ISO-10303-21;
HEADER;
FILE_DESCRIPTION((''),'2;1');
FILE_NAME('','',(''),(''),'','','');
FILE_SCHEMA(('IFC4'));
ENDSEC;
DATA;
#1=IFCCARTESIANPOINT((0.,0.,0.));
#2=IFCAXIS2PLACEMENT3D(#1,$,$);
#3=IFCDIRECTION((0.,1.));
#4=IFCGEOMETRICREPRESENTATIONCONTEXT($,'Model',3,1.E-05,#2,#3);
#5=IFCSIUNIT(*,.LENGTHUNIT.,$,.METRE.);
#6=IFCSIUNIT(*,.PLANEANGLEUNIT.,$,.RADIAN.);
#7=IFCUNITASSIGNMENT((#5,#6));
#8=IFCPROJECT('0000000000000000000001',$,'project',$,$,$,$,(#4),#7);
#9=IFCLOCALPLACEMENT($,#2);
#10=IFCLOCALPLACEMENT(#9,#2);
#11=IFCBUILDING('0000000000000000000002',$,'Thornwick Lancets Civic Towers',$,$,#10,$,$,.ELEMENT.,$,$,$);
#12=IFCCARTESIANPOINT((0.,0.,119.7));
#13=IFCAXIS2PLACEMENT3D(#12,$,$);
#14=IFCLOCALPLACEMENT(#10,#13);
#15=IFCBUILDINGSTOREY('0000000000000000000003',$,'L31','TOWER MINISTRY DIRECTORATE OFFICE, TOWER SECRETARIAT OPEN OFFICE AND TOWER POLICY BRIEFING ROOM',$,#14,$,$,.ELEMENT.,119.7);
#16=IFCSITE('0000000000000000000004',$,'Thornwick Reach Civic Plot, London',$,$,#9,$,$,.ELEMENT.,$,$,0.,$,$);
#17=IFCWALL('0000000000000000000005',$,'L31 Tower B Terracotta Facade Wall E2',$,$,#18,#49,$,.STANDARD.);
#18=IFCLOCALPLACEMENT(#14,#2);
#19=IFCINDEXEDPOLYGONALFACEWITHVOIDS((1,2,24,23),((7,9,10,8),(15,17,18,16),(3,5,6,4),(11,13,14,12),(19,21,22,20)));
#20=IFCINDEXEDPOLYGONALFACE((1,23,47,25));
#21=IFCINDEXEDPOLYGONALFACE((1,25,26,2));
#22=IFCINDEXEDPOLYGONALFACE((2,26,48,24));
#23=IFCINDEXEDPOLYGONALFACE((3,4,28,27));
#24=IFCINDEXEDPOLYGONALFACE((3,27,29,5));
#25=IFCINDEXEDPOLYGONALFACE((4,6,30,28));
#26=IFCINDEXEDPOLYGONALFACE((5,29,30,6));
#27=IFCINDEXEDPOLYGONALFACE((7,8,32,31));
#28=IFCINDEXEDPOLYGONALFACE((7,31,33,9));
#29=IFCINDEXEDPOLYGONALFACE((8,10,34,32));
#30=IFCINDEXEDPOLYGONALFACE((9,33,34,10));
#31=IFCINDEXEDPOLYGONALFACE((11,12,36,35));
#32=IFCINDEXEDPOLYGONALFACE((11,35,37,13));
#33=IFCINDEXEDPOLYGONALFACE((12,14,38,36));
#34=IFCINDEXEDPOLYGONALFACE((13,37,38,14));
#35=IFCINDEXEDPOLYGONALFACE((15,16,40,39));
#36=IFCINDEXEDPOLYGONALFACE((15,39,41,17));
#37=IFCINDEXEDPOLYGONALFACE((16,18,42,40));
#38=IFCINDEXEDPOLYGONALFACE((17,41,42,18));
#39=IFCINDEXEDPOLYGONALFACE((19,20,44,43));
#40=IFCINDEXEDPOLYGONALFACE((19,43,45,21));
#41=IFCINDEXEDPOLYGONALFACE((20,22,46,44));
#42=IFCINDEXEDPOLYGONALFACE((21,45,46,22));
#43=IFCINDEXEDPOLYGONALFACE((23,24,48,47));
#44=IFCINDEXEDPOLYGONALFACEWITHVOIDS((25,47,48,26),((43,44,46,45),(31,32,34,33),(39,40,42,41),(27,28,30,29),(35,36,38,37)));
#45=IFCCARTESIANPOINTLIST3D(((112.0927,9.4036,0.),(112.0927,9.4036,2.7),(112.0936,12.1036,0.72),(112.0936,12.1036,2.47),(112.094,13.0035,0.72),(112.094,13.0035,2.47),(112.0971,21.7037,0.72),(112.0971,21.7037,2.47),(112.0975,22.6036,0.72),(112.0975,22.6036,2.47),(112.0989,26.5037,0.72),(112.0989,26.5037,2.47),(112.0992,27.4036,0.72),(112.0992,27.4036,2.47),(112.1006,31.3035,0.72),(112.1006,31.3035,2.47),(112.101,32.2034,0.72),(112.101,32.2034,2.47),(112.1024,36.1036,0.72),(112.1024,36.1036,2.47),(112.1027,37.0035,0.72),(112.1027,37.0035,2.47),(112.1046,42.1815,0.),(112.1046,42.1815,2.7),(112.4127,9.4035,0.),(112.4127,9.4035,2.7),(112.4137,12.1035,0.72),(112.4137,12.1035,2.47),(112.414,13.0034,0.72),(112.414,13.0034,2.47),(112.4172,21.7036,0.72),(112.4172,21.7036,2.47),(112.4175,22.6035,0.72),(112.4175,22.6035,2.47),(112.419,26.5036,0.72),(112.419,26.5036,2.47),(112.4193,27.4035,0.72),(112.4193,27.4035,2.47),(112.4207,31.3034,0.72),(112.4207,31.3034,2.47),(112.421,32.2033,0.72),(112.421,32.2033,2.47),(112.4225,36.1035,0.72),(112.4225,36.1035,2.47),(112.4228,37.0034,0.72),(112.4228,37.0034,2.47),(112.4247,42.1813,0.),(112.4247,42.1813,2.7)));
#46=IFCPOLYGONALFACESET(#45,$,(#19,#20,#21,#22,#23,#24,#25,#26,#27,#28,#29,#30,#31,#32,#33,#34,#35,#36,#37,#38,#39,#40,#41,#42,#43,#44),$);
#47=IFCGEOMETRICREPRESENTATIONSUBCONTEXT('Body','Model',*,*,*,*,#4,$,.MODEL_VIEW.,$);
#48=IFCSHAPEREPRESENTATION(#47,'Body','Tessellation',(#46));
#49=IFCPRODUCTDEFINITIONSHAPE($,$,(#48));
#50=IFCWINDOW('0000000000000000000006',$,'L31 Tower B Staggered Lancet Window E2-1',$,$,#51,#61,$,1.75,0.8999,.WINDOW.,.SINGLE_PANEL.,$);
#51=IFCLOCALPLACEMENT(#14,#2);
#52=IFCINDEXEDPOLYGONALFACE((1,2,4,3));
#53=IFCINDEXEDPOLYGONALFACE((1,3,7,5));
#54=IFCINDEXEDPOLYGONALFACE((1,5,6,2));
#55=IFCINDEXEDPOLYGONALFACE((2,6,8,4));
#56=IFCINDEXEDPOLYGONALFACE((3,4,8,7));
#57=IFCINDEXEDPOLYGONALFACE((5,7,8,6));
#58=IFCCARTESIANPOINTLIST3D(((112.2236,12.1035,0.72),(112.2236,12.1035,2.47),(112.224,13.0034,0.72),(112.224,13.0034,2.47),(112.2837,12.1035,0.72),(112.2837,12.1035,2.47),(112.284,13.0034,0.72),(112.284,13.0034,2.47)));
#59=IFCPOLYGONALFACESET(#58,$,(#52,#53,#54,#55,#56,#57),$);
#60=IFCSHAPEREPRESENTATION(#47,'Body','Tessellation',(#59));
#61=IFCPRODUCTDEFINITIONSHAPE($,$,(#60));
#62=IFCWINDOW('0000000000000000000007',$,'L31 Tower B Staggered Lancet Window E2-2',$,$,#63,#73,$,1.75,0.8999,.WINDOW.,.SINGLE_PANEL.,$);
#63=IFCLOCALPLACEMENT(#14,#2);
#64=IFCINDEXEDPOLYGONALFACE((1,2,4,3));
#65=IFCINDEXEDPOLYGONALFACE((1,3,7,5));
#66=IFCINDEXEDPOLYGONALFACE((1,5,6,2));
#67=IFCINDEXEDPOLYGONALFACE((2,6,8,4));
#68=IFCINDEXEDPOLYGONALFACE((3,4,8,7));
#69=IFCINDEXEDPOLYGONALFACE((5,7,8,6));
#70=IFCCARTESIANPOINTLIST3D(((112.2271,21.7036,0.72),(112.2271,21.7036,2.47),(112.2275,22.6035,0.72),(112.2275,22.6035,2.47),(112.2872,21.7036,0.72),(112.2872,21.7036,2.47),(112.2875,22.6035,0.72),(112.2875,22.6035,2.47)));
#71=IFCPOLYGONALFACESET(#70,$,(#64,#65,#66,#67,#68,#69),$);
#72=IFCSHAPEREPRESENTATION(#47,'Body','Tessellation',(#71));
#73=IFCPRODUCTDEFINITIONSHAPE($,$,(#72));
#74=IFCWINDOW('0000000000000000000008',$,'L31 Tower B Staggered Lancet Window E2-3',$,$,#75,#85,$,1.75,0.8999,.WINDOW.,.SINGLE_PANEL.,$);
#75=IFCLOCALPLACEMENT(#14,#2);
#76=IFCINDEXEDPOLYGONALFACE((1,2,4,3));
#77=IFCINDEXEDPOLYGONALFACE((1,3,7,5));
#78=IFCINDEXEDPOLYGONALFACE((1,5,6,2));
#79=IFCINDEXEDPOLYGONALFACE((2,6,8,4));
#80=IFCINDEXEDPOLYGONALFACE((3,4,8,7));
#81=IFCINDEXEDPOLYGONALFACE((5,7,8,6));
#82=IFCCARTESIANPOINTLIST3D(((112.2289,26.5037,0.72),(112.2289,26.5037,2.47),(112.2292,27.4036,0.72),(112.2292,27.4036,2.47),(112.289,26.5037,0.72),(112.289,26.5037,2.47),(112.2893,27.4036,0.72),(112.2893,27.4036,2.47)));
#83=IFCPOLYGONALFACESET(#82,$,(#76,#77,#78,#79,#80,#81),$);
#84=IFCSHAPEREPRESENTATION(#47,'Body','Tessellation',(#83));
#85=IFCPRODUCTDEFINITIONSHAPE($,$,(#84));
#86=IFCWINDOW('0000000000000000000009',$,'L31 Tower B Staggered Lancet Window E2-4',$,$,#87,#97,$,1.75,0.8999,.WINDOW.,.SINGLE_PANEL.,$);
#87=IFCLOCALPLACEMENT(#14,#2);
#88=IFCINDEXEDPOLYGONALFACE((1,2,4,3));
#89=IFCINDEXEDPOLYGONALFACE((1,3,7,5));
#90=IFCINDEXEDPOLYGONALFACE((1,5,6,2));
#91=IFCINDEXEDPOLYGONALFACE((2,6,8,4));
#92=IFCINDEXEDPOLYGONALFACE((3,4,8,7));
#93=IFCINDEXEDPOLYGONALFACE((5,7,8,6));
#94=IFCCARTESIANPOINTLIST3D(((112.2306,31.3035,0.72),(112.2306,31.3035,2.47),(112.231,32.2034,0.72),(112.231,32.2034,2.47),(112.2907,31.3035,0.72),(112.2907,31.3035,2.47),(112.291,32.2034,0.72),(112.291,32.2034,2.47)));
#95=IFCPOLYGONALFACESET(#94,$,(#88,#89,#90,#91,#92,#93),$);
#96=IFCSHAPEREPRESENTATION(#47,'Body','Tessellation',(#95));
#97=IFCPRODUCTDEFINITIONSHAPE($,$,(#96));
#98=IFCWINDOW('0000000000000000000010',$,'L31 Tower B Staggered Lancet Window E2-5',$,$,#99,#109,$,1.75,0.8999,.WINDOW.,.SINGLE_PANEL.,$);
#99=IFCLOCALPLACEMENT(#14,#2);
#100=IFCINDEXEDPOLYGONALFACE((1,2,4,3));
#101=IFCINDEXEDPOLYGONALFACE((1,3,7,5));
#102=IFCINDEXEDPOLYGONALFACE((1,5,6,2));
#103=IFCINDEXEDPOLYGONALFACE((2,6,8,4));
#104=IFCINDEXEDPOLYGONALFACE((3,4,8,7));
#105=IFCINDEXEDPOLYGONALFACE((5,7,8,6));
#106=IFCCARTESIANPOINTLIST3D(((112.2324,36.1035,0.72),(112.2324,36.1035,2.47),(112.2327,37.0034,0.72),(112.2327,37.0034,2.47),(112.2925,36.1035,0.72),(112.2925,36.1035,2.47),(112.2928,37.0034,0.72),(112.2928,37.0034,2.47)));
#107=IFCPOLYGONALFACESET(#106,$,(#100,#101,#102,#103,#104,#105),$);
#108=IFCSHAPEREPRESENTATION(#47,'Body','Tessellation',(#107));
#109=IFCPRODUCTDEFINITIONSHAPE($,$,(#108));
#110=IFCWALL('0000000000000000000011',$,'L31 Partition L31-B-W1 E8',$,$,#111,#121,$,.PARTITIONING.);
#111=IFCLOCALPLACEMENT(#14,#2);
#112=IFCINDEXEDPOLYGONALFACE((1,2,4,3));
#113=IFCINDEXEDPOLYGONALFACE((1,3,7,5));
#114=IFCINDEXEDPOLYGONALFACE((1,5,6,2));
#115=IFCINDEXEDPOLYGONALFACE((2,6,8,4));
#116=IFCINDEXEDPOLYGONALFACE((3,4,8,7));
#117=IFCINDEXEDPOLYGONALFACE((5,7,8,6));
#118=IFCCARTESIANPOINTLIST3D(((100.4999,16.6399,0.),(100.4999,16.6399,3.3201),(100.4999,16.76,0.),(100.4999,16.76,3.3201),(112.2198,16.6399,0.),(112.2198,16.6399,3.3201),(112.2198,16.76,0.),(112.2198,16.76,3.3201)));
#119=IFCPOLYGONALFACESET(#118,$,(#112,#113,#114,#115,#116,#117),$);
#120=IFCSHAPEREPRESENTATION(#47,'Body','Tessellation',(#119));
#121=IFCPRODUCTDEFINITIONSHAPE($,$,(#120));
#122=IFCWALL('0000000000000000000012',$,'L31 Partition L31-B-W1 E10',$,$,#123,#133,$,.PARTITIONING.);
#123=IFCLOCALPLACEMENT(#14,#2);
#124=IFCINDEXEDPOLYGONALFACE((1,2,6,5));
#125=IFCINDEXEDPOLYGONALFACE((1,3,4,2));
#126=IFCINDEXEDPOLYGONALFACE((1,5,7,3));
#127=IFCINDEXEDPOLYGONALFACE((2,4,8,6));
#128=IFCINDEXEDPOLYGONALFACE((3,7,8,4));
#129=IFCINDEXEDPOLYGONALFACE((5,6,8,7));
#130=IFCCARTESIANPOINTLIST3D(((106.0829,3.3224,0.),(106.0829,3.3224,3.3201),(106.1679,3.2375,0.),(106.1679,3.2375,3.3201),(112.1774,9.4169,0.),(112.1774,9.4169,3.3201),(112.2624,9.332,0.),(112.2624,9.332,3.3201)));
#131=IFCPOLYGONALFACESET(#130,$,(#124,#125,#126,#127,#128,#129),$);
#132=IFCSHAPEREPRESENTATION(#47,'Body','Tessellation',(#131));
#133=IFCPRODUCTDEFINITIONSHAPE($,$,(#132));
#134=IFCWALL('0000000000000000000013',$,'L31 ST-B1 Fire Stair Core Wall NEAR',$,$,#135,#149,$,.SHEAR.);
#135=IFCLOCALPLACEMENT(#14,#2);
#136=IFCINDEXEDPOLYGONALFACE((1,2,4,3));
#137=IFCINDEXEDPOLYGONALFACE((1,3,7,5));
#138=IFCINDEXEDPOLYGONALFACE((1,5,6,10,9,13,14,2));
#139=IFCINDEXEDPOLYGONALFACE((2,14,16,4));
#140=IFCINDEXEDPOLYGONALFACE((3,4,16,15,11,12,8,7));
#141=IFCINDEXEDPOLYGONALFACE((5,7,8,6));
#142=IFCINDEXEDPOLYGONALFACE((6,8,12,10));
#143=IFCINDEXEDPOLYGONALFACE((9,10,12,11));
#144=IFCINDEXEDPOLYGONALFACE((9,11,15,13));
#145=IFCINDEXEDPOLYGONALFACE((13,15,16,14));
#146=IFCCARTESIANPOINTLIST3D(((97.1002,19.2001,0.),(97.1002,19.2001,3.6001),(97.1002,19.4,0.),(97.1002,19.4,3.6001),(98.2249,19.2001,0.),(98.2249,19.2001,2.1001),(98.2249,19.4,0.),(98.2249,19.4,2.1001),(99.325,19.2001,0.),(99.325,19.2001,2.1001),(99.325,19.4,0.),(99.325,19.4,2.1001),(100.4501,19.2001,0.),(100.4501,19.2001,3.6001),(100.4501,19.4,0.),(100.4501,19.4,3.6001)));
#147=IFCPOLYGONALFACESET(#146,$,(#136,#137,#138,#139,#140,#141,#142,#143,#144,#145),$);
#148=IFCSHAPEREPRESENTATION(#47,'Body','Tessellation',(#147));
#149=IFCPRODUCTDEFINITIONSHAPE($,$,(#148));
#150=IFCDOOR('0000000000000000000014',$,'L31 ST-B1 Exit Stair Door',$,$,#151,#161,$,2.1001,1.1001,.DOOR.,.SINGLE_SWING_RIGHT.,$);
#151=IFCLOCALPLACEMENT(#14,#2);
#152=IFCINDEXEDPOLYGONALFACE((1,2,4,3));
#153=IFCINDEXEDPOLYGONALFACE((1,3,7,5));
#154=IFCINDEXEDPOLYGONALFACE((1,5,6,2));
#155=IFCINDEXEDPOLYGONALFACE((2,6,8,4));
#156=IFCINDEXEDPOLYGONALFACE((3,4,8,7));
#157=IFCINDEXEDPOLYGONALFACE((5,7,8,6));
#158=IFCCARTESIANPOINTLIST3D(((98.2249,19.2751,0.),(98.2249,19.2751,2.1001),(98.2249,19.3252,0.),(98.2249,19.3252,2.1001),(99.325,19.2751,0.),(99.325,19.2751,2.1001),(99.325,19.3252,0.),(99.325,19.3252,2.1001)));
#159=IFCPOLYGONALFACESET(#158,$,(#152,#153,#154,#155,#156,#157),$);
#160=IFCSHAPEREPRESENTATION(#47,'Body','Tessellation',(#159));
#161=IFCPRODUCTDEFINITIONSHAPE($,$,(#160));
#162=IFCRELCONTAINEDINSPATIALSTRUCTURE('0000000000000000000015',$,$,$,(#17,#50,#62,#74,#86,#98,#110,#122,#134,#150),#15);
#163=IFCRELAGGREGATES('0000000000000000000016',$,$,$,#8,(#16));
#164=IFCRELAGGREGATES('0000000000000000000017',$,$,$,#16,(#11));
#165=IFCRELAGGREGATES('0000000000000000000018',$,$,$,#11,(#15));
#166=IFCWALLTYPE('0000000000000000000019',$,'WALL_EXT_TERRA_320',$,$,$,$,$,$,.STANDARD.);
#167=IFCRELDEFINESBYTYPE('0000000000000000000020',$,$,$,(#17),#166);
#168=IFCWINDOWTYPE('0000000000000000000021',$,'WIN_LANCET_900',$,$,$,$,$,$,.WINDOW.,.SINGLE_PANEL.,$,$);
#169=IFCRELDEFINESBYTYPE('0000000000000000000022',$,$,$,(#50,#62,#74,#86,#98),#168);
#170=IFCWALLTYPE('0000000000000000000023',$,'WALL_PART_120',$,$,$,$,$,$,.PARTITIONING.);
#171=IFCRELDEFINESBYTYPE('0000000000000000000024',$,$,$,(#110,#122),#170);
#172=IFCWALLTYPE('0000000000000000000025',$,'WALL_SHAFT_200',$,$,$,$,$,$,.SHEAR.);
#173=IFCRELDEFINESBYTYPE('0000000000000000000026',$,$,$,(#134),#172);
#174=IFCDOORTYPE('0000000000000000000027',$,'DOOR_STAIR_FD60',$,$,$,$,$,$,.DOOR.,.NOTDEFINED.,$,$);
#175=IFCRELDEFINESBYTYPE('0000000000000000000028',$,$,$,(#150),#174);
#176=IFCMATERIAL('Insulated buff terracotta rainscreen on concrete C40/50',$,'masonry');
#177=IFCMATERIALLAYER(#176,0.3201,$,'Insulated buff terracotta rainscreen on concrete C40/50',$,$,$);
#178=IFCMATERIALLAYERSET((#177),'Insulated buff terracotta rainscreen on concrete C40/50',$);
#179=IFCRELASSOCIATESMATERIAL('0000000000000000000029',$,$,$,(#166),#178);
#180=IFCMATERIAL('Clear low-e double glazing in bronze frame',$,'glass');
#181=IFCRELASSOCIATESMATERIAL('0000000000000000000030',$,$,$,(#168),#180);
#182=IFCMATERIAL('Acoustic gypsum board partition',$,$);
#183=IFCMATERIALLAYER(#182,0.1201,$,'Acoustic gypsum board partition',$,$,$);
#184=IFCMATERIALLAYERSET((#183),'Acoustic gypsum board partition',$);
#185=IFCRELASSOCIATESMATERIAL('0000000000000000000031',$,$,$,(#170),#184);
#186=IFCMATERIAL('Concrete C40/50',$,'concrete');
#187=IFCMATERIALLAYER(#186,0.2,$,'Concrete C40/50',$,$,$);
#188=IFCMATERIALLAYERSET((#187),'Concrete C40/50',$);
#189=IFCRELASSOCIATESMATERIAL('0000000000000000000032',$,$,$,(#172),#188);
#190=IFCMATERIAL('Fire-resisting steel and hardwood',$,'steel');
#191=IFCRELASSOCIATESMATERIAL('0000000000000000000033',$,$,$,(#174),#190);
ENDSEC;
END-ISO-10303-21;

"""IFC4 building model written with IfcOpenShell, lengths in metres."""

from ifc_helpers import new_model, si_unit, direction, frame, frame_2d, origin, place, context, subcontext, project, spatial, rectangle, extrude, material, layer, layer_set, type_object, element, fill, save


model = new_model("IFC4")

# Units and contexts
model_context = context("Model", 3, precision=1e-05, world=origin(), true_north=direction((0.0, 1.0)))
body_context = subcontext(model_context, "Body", "Model", "MODEL_VIEW")
ifc_project = project(units=[si_unit("LENGTHUNIT", "METRE"), si_unit("PLANEANGLEUNIT", "RADIAN")], contexts=[model_context])

# Site, building, storey
site_placement = place(None, origin())
site = spatial("IfcSite", under=ifc_project, at=site_placement, Name="Thornwick Reach Civic Plot, London", CompositionType="ELEMENT", RefElevation=0.0)
building_placement = place(site_placement, origin())
building = spatial("IfcBuilding", under=site, at=building_placement, Name="Thornwick Lancets Civic Towers", CompositionType="ELEMENT")
storey_placement = place(building_placement, frame((0.0, 0.0, 119.7)))
storey = spatial("IfcBuildingStorey", under=building, at=storey_placement, Name="L31", Description="TOWER MINISTRY DIRECTORATE OFFICE, TOWER SECRETARIAT OPEN OFFICE AND TOWER POLICY BRIEFING ROOM", CompositionType="ELEMENT", Elevation=119.7)

# Shared definitions
ifc_material_1 = material(Name="Concrete C40/50", Category="concrete")

# Wall, openings, windows
ifc_material_2 = material(Name="Insulated buff terracotta rainscreen on concrete C40/50", Category="masonry")
ifc_layer_1 = layer(ifc_material_2, 0.3201, Name="Insulated buff terracotta rainscreen on concrete C40/50")
ifc_layer_set_1 = layer_set([ifc_layer_1], Name="Insulated buff terracotta rainscreen on concrete C40/50")
wall_type_1 = type_object("IfcWallType", Name="WALL_EXT_TERRA_320", PredefinedType="STANDARD", material=ifc_layer_set_1)
wall_1_placement = place(storey_placement, frame((112.2527, 9.4036, 0.0), z_axis=(0.0, 0.0, 1.0), x_axis=(0.000365, 1.0, 0.0)))
wall_1 = element("IfcWall", 1, at=wall_1_placement, inside=storey, type_object=wall_type_1, Name="L31 Tower B Terracotta Facade Wall E2", PredefinedType="STANDARD", context=body_context, shape_type="SweptSolid", body=[
    extrude(rectangle(XDim=32.7778, YDim=0.3201, at=frame_2d((16.3889, 0.0))), origin(), (0.0, 0.0, 1.0), 2.7),
])
opening_1_placement = place(wall_1_placement, frame((2.7, 0.0, 0.72)))
opening_1 = element("IfcOpeningElement", 2, at=opening_1_placement, cuts=wall_1, PredefinedType="OPENING", context=body_context, shape_type="SweptSolid", body=[
    extrude(rectangle(XDim=0.8999, YDim=1.75, at=frame_2d((0.45, 0.875))), frame((0.0, 0.1699, 0.0), z_axis=(0.0, -1.0, 0.0), x_axis=(1.0, 0.0, 0.0)), (0.0, 0.0, 1.0), 0.3401),
])
opening_2_placement = place(wall_1_placement, frame((12.3, 0.0, 0.72)))
opening_2 = element("IfcOpeningElement", 3, at=opening_2_placement, cuts=wall_1, PredefinedType="OPENING", context=body_context, shape_type="SweptSolid", body=[
    extrude(rectangle(XDim=0.8999, YDim=1.75, at=frame_2d((0.45, 0.875))), frame((0.0, 0.1699, 0.0), z_axis=(0.0, -1.0, 0.0), x_axis=(1.0, 0.0, 0.0)), (0.0, 0.0, 1.0), 0.3401),
])
opening_3_placement = place(wall_1_placement, frame((17.1001, 0.0, 0.72)))
opening_3 = element("IfcOpeningElement", 4, at=opening_3_placement, cuts=wall_1, PredefinedType="OPENING", context=body_context, shape_type="SweptSolid", body=[
    extrude(rectangle(XDim=0.8999, YDim=1.75, at=frame_2d((0.45, 0.875))), frame((0.0, 0.1699, 0.0), z_axis=(0.0, -1.0, 0.0), x_axis=(1.0, 0.0, 0.0)), (0.0, 0.0, 1.0), 0.3401),
])
opening_4_placement = place(wall_1_placement, frame((21.8999, 0.0, 0.72)))
opening_4 = element("IfcOpeningElement", 5, at=opening_4_placement, cuts=wall_1, PredefinedType="OPENING", context=body_context, shape_type="SweptSolid", body=[
    extrude(rectangle(XDim=0.8999, YDim=1.75, at=frame_2d((0.45, 0.875))), frame((0.0, 0.1699, 0.0), z_axis=(0.0, -1.0, 0.0), x_axis=(1.0, 0.0, 0.0)), (0.0, 0.0, 1.0), 0.3401),
])
opening_5_placement = place(wall_1_placement, frame((26.7, 0.0, 0.72)))
opening_5 = element("IfcOpeningElement", 6, at=opening_5_placement, cuts=wall_1, PredefinedType="OPENING", context=body_context, shape_type="SweptSolid", body=[
    extrude(rectangle(XDim=0.8999, YDim=1.75, at=frame_2d((0.45, 0.875))), frame((0.0, 0.1699, 0.0), z_axis=(0.0, -1.0, 0.0), x_axis=(1.0, 0.0, 0.0)), (0.0, 0.0, 1.0), 0.3401),
])
ifc_material_3 = material(Name="Clear low-e double glazing in bronze frame", Category="glass")
window_type = type_object("IfcWindowType", Name="WIN_LANCET_900", PartitioningType="SINGLE_PANEL", PredefinedType="WINDOW", material=ifc_material_3)
window_1_placement = place(opening_1_placement, origin())
window_1 = element("IfcWindow", 7, at=window_1_placement, inside=storey, type_object=window_type, Name="L31 Tower B Staggered Lancet Window E2-1", OverallHeight=1.75, OverallWidth=0.8999, PartitioningType="SINGLE_PANEL", PredefinedType="WINDOW", context=body_context, shape_type="SweptSolid", body=[
    extrude(rectangle(XDim=0.8999, YDim=1.75, at=frame_2d((0.45, 0.875))), frame((0.0, 0.03, 0.0), z_axis=(0.0, -1.0, 0.0), x_axis=(1.0, 0.0, 0.0)), (0.0, 0.0, 1.0), 0.0601),
])
fill(opening_1, window_1)
window_2_placement = place(opening_2_placement, origin())
window_2 = element("IfcWindow", 8, at=window_2_placement, inside=storey, type_object=window_type, Name="L31 Tower B Staggered Lancet Window E2-2", OverallHeight=1.75, OverallWidth=0.8999, PartitioningType="SINGLE_PANEL", PredefinedType="WINDOW", context=body_context, shape_type="SweptSolid", body=[
    extrude(rectangle(XDim=0.8999, YDim=1.75, at=frame_2d((0.45, 0.875))), frame((0.0, 0.03, 0.0), z_axis=(0.0, -1.0, 0.0), x_axis=(1.0, 0.0, 0.0)), (0.0, 0.0, 1.0), 0.0601),
])
fill(opening_2, window_2)
window_3_placement = place(opening_3_placement, origin())
window_3 = element("IfcWindow", 9, at=window_3_placement, inside=storey, type_object=window_type, Name="L31 Tower B Staggered Lancet Window E2-3", OverallHeight=1.75, OverallWidth=0.8999, PartitioningType="SINGLE_PANEL", PredefinedType="WINDOW", context=body_context, shape_type="SweptSolid", body=[
    extrude(rectangle(XDim=0.8999, YDim=1.75, at=frame_2d((0.45, 0.875))), frame((0.0, 0.03, 0.0), z_axis=(0.0, -1.0, 0.0), x_axis=(1.0, 0.0, 0.0)), (0.0, 0.0, 1.0), 0.0601),
])
fill(opening_3, window_3)
window_4_placement = place(opening_4_placement, origin())
window_4 = element("IfcWindow", 10, at=window_4_placement, inside=storey, type_object=window_type, Name="L31 Tower B Staggered Lancet Window E2-4", OverallHeight=1.75, OverallWidth=0.8999, PartitioningType="SINGLE_PANEL", PredefinedType="WINDOW", context=body_context, shape_type="SweptSolid", body=[
    extrude(rectangle(XDim=0.8999, YDim=1.75, at=frame_2d((0.45, 0.875))), frame((0.0, 0.03, 0.0), z_axis=(0.0, -1.0, 0.0), x_axis=(1.0, 0.0, 0.0)), (0.0, 0.0, 1.0), 0.0601),
])
fill(opening_4, window_4)
window_5_placement = place(opening_5_placement, origin())
window_5 = element("IfcWindow", 11, at=window_5_placement, inside=storey, type_object=window_type, Name="L31 Tower B Staggered Lancet Window E2-5", OverallHeight=1.75, OverallWidth=0.8999, PartitioningType="SINGLE_PANEL", PredefinedType="WINDOW", context=body_context, shape_type="SweptSolid", body=[
    extrude(rectangle(XDim=0.8999, YDim=1.75, at=frame_2d((0.45, 0.875))), frame((0.0, 0.03, 0.0), z_axis=(0.0, -1.0, 0.0), x_axis=(1.0, 0.0, 0.0)), (0.0, 0.0, 1.0), 0.0601),
])
fill(opening_5, window_5)

# Walls
ifc_material_4 = material(Name="Acoustic gypsum board partition")
ifc_layer_2 = layer(ifc_material_4, 0.1201, Name="Acoustic gypsum board partition")
ifc_layer_set_2 = layer_set([ifc_layer_2], Name="Acoustic gypsum board partition")
wall_type_2 = type_object("IfcWallType", Name="WALL_PART_120", PredefinedType="PARTITIONING", material=ifc_layer_set_2)
wall_2_placement = place(storey_placement, frame((100.5, 16.7, 0.0), z_axis=(0.0, 0.0, 1.0), x_axis=(1.0, 0.0, 0.0)))
element("IfcWall", 12, at=wall_2_placement, inside=storey, type_object=wall_type_2, Name="L31 Partition L31-B-W1 E8", PredefinedType="PARTITIONING", context=body_context, shape_type="SweptSolid", body=[
    extrude(rectangle(XDim=11.72, YDim=0.1201, at=frame_2d((5.8599, 0.0))), origin(), (0.0, 0.0, 1.0), 3.3201),
])
wall_3_placement = place(storey_placement, frame((112.22, 9.3745, 0.0), z_axis=(0.0, 0.0, 1.0), x_axis=(-0.707107, -0.707107, 0.0)))
element("IfcWall", 13, at=wall_3_placement, inside=storey, type_object=wall_type_2, Name="L31 Partition L31-B-W1 E10", PredefinedType="PARTITIONING", context=body_context, shape_type="SweptSolid", body=[
    extrude(rectangle(XDim=8.6189, YDim=0.1201, at=frame_2d((4.3096, 0.0))), origin(), (0.0, 0.0, 1.0), 3.3201),
])

# Wall, opening, door
ifc_layer_3 = layer(ifc_material_1, 0.2, Name="Concrete C40/50")
ifc_layer_set_3 = layer_set([ifc_layer_3], Name="Concrete C40/50")
wall_type_3 = type_object("IfcWallType", Name="WALL_SHAFT_200", PredefinedType="SHEAR", material=ifc_layer_set_3)
wall_4_placement = place(storey_placement, frame((100.45, 19.3, 0.0), z_axis=(0.0, 0.0, 1.0), x_axis=(-1.0, 0.0, 0.0)))
wall_4 = element("IfcWall", 14, at=wall_4_placement, inside=storey, type_object=wall_type_3, Name="L31 ST-B1 Fire Stair Core Wall NEAR", PredefinedType="SHEAR", context=body_context, shape_type="SweptSolid", body=[
    extrude(rectangle(XDim=3.3499, YDim=0.2, at=frame_2d((1.6748, 0.0))), origin(), (0.0, 0.0, 1.0), 3.6001),
])
opening_6_placement = place(wall_4_placement, frame((1.125, 0.0, 0.0)))
opening_6 = element("IfcOpeningElement", 15, at=opening_6_placement, cuts=wall_4, PredefinedType="OPENING", context=body_context, shape_type="SweptSolid", body=[
    extrude(rectangle(XDim=1.1001, YDim=2.1001, at=frame_2d((0.55, 1.05))), frame((0.0, 0.1099, 0.0), z_axis=(0.0, -1.0, 0.0), x_axis=(1.0, 0.0, 0.0)), (0.0, 0.0, 1.0), 0.22),
])
ifc_material_5 = material(Name="Fire-resisting steel and hardwood", Category="steel")
door_type = type_object("IfcDoorType", Name="DOOR_STAIR_FD60", OperationType="NOTDEFINED", PredefinedType="DOOR", material=ifc_material_5)
door_placement = place(opening_6_placement, origin())
door = element("IfcDoor", 16, at=door_placement, inside=storey, type_object=door_type, Name="L31 ST-B1 Exit Stair Door", OperationType="SINGLE_SWING_RIGHT", OverallHeight=2.1001, OverallWidth=1.1001, PredefinedType="DOOR", context=body_context, shape_type="SweptSolid", body=[
    extrude(rectangle(XDim=1.1001, YDim=2.1001, at=frame_2d((0.55, 1.05))), frame((0.0, 0.0249, 0.0), z_axis=(0.0, -1.0, 0.0), x_axis=(1.0, 0.0, 0.0)), (0.0, 0.0, 1.0), 0.05),
])
fill(opening_6, door)

save(model, "model.ifc")
